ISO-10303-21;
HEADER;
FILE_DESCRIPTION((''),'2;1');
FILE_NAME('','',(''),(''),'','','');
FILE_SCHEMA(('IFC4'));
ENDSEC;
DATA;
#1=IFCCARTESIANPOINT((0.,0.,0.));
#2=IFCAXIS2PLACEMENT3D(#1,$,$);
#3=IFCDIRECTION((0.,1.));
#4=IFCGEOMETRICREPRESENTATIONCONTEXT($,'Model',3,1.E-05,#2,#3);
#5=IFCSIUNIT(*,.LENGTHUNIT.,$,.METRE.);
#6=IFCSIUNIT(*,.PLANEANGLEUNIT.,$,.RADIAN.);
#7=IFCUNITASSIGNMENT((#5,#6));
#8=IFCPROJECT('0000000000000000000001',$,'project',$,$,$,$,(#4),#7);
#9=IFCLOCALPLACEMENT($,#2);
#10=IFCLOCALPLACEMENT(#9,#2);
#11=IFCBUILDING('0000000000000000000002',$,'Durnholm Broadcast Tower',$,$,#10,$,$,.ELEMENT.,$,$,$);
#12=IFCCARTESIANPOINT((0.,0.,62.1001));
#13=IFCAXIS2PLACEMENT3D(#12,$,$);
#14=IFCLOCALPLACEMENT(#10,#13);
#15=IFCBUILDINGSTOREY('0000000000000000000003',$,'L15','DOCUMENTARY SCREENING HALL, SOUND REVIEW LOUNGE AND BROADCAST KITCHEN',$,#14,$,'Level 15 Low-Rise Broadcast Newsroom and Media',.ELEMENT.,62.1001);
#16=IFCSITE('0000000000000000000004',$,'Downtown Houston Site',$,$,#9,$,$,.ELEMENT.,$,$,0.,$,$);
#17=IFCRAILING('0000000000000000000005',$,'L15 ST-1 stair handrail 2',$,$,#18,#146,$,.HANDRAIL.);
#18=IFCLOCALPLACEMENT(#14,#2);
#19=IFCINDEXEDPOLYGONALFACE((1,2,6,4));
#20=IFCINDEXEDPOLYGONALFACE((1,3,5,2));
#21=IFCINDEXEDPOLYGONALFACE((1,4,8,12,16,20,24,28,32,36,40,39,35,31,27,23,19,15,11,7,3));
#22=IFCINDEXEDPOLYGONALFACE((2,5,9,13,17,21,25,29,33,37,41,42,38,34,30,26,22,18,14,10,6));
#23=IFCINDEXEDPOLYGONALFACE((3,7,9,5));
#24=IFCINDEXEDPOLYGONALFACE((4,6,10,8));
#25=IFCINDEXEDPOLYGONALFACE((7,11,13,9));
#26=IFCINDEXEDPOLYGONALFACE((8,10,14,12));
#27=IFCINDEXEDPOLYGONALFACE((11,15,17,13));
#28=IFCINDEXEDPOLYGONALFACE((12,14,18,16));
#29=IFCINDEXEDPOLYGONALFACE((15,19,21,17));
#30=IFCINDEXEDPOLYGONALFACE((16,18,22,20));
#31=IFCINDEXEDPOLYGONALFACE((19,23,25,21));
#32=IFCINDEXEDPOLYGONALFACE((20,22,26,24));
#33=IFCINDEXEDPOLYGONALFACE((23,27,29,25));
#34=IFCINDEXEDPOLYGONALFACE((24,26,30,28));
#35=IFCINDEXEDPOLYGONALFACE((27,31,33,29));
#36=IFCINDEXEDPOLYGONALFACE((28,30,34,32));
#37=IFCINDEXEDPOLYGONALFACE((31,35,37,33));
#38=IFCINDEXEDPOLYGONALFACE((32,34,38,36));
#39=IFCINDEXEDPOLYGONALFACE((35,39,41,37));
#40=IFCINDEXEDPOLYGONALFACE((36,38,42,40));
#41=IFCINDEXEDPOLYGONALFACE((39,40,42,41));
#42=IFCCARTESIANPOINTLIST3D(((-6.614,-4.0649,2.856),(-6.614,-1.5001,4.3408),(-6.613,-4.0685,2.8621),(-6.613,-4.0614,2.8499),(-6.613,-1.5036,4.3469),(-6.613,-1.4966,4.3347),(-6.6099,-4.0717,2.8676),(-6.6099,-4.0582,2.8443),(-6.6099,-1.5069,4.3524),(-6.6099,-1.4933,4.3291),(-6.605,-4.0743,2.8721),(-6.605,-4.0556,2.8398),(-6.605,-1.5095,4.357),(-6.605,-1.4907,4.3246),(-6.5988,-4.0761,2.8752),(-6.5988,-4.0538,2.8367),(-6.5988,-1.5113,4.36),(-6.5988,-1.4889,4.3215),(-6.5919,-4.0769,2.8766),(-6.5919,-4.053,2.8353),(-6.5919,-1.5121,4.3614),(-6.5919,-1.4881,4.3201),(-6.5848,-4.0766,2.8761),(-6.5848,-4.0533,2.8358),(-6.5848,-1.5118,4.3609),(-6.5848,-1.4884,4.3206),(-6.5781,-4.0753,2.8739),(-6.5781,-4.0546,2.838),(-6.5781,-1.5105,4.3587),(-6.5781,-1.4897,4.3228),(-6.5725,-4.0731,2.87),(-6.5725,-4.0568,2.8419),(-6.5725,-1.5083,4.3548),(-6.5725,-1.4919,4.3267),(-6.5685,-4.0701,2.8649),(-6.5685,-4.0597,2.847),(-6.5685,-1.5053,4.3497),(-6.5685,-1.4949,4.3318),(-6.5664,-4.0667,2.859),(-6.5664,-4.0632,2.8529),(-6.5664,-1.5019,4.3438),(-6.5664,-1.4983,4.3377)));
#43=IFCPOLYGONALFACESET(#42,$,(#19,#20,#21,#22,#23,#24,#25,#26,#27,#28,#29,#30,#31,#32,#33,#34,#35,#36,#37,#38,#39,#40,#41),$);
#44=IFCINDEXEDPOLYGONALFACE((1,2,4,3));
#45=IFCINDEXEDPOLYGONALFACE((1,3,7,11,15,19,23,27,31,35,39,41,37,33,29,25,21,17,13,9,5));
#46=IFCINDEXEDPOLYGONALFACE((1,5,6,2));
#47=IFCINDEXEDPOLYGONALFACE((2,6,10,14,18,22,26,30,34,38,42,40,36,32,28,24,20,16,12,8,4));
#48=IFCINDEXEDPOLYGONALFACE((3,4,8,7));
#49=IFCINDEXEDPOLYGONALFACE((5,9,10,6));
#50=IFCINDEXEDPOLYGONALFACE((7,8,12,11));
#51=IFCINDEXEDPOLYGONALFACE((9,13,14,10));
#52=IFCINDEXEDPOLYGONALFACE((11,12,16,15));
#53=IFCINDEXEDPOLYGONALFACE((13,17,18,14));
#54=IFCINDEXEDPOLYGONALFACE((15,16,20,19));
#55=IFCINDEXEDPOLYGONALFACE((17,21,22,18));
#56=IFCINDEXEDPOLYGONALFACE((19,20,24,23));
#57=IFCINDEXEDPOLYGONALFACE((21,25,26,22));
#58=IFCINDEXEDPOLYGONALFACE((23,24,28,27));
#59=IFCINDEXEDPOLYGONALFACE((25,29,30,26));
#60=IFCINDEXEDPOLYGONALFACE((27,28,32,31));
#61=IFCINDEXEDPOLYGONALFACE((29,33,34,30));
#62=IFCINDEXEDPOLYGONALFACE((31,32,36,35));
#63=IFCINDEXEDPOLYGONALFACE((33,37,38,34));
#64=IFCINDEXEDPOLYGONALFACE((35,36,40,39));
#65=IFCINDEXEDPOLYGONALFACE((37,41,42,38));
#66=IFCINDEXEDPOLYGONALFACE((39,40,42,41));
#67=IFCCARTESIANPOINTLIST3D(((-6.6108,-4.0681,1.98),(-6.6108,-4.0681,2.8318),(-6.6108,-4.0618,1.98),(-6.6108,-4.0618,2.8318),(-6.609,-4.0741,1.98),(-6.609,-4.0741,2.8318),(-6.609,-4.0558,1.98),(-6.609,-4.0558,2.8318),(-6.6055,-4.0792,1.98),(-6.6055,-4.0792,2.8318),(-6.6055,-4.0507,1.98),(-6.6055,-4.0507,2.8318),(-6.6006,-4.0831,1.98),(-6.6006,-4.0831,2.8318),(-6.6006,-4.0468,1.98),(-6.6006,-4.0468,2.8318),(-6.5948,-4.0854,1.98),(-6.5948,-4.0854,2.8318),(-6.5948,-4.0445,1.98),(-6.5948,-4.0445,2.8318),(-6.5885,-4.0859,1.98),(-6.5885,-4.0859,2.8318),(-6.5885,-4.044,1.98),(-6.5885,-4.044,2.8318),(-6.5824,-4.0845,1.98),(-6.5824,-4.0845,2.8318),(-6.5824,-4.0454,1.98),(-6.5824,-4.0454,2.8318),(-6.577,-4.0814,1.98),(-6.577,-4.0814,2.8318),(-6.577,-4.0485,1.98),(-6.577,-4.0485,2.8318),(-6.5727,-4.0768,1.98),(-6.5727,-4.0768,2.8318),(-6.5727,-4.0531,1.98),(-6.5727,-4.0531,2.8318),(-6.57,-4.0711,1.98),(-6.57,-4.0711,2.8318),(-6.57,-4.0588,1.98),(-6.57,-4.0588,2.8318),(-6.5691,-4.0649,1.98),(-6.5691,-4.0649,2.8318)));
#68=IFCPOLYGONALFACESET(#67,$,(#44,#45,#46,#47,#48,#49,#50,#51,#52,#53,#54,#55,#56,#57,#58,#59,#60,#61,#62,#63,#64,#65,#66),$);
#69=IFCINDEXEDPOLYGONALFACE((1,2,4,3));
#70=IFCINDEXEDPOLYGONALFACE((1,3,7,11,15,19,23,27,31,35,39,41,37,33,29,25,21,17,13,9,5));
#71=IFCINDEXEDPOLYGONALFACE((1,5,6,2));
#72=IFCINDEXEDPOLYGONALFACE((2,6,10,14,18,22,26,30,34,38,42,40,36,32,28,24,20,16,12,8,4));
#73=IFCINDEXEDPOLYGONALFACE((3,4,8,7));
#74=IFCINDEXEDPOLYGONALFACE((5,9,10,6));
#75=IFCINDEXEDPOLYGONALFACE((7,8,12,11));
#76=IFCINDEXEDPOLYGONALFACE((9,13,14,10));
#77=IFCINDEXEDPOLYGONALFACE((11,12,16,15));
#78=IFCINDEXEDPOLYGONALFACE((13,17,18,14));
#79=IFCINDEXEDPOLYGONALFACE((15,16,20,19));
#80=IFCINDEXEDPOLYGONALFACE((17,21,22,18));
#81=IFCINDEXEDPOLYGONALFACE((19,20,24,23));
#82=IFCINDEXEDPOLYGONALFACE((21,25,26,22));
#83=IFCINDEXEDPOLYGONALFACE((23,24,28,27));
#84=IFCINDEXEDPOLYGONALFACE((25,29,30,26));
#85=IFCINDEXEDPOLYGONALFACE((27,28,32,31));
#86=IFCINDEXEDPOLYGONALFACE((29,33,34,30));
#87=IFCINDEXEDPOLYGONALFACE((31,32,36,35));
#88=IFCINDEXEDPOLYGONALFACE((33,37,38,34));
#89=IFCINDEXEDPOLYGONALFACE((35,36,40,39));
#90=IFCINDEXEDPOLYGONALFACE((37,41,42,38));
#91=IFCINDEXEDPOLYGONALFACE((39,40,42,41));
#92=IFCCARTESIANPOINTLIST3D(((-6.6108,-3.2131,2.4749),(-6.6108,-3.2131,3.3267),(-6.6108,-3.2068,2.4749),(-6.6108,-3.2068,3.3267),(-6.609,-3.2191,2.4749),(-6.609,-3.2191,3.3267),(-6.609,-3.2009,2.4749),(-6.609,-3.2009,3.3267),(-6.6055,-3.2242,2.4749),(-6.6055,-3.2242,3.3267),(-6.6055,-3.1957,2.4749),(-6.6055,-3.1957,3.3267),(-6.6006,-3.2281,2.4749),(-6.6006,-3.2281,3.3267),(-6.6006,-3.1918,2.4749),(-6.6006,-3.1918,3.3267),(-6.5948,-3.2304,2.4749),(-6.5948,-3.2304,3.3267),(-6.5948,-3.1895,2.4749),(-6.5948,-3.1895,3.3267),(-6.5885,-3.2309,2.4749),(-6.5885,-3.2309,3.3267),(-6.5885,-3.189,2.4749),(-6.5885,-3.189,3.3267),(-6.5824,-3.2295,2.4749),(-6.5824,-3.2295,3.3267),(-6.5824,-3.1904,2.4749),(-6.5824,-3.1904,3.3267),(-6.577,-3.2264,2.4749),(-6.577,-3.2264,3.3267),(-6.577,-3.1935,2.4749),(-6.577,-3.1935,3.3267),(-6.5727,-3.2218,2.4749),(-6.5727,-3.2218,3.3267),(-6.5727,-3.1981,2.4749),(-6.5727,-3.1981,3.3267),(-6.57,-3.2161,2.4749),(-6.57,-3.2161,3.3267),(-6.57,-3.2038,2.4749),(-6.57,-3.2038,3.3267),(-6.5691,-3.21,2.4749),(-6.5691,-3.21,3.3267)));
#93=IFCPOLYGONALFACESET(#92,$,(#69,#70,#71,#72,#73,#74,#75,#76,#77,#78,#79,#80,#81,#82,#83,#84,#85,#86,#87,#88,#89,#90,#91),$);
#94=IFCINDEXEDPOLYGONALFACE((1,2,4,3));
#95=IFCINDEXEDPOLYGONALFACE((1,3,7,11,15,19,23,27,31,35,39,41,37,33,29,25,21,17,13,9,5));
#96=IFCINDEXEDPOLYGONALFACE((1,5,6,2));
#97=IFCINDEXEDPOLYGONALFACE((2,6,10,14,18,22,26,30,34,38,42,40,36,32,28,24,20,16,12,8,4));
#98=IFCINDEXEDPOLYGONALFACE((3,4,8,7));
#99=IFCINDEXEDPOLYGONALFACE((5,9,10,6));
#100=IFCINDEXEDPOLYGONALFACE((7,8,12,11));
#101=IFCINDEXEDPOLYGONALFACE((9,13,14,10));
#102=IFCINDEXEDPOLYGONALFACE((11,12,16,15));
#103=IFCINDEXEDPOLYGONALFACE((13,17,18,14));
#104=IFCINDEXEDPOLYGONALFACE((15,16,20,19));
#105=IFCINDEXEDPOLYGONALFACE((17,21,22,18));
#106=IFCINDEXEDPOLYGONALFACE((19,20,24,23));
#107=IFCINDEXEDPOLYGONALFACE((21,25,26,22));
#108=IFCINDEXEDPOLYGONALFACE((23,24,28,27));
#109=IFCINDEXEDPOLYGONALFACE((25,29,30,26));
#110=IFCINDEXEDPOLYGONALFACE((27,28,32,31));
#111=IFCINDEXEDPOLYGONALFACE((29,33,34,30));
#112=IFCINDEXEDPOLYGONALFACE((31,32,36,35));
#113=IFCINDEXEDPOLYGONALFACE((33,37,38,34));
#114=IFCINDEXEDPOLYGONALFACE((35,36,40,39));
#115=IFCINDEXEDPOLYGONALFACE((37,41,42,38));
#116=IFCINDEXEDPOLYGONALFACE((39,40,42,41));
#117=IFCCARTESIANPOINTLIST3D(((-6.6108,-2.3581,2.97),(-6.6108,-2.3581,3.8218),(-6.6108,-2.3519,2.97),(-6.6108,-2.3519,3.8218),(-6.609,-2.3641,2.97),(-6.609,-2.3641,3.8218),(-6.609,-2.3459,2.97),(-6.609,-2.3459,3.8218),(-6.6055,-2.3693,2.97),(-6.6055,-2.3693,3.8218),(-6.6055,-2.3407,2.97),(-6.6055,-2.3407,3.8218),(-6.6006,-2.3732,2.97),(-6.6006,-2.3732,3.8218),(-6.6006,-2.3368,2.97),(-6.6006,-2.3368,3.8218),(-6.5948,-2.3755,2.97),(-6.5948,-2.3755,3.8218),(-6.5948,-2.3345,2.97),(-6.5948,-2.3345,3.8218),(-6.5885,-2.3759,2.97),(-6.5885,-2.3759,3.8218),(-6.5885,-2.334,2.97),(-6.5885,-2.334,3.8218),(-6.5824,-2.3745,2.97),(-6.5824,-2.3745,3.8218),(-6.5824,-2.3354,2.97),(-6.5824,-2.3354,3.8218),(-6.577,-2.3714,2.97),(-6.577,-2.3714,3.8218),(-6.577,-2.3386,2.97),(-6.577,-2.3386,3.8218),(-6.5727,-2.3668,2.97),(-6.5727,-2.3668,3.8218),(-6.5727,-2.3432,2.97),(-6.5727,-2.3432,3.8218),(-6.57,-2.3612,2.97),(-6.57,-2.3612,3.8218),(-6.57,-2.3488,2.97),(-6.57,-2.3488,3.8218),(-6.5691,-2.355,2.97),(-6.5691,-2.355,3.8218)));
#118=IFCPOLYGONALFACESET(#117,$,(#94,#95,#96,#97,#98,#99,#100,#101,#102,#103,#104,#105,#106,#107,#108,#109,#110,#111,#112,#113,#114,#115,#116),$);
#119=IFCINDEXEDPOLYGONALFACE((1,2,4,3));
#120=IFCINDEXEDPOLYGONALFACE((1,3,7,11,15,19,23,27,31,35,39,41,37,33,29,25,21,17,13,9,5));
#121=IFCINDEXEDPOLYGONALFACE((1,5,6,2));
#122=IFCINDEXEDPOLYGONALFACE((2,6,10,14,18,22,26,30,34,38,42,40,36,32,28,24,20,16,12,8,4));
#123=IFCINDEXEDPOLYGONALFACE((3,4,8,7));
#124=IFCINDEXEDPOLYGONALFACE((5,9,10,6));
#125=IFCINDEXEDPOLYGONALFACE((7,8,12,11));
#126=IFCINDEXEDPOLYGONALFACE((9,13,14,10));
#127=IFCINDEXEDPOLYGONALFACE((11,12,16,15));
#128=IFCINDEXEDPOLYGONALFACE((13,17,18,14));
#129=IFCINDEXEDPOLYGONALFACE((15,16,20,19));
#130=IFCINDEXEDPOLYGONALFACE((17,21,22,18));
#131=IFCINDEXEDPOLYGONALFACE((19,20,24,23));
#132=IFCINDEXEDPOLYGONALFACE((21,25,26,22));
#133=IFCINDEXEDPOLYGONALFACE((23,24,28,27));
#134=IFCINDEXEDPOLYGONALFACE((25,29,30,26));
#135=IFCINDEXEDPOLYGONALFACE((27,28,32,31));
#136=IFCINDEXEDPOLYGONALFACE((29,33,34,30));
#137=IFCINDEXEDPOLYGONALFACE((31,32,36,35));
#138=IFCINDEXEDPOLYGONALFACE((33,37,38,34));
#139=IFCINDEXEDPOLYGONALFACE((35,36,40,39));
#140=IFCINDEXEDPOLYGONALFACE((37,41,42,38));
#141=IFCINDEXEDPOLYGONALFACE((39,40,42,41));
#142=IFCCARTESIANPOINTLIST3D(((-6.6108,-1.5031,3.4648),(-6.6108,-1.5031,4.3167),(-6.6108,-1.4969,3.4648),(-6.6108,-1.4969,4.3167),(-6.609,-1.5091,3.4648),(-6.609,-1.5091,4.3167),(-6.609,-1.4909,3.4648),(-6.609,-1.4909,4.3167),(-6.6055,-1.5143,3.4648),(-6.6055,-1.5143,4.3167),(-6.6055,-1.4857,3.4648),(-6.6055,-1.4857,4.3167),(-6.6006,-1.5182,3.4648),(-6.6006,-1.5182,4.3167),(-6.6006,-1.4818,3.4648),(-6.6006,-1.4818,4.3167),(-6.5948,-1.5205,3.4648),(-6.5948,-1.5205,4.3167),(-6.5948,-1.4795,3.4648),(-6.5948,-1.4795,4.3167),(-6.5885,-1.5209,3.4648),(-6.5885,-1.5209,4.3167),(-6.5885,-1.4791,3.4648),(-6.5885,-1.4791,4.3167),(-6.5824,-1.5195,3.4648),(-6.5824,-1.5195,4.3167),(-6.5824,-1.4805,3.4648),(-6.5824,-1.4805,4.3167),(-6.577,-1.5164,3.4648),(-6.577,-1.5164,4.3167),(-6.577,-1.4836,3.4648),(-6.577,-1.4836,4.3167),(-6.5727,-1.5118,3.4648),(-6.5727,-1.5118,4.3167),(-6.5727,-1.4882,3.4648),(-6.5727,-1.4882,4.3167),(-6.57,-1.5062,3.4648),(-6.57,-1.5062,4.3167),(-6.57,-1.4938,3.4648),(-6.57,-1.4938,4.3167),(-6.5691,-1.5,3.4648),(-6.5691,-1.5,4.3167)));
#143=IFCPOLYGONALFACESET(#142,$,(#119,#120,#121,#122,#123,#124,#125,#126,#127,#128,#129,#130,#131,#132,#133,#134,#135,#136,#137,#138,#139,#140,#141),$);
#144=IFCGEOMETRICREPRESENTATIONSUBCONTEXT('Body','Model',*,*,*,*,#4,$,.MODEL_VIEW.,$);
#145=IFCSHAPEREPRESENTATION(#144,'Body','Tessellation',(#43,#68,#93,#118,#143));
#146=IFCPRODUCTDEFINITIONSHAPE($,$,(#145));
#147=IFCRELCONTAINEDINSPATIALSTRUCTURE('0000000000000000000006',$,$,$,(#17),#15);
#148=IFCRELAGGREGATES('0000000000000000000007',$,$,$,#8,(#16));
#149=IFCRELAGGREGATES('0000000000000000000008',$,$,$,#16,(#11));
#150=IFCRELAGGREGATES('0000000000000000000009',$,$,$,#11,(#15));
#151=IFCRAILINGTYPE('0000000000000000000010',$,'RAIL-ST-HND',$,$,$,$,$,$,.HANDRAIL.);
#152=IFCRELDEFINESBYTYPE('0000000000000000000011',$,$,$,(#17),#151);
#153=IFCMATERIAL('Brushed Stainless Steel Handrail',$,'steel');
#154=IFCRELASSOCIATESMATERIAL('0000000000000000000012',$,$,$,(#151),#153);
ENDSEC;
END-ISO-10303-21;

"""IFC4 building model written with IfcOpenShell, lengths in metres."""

from ifc_helpers import new_model, si_unit, direction, frame, origin, origin_2d, place, context, subcontext, project, spatial, circle, extrude, material, type_object, element, save


model = new_model("IFC4")

# Units and contexts
model_context = context("Model", 3, precision=1e-05, world=origin(), true_north=direction((0.0, 1.0)))
body_context = subcontext(model_context, "Body", "Model", "MODEL_VIEW")
ifc_project = project(units=[si_unit("LENGTHUNIT", "METRE"), si_unit("PLANEANGLEUNIT", "RADIAN")], contexts=[model_context])

# Site, building, storey
site_placement = place(None, origin())
site = spatial("IfcSite", under=ifc_project, at=site_placement, Name="Downtown Houston Site", CompositionType="ELEMENT", RefElevation=0.0)
building_placement = place(site_placement, origin())
building = spatial("IfcBuilding", under=site, at=building_placement, Name="Durnholm Broadcast Tower", CompositionType="ELEMENT")
storey_placement = place(building_placement, frame((0.0, 0.0, 62.1001)))
storey = spatial("IfcBuildingStorey", under=building, at=storey_placement, Name="L15", Description="DOCUMENTARY SCREENING HALL, SOUND REVIEW LOUNGE AND BROADCAST KITCHEN", LongName="Level 15 Low-Rise Broadcast Newsroom and Media", CompositionType="ELEMENT", Elevation=62.1001)

# Railing
ifc_material_1 = material(Name="Brushed Stainless Steel Handrail", Category="steel")
railing_type_1 = type_object("IfcRailingType", Name="RAIL-ST-HND", PredefinedType="HANDRAIL", material=ifc_material_1)
railing_1_placement = place(storey_placement, frame((-6.5901, -4.0649, 1.98)))
element("IfcRailing", 1, at=railing_1_placement, inside=storey, type_object=railing_type_1, Name="L15 ST-1 stair handrail 2", PredefinedType="HANDRAIL", context=body_context, shape_type="SweptSolid", body=[
    extrude(circle(Radius=0.0239, at=origin_2d()), frame((0.0, 0.0, 0.876), z_axis=(0.0, 0.865441, 0.50101), x_axis=(-1.0, 0.0, 0.0)), (0.0, 0.0, 1.0), 2.9636),
    extrude(circle(Radius=0.021, at=origin_2d()), origin(), (0.0, 0.0, 1.0), 0.8518),
    extrude(circle(Radius=0.021, at=origin_2d()), frame((0.0, 0.855, 0.4949)), (0.0, 0.0, 1.0), 0.8518),
    extrude(circle(Radius=0.021, at=origin_2d()), frame((0.0, 1.71, 0.99)), (0.0, 0.0, 1.0), 0.8518),
    extrude(circle(Radius=0.021, at=origin_2d()), frame((0.0, 2.5649, 1.4849)), (0.0, 0.0, 1.0), 0.8518),
])

save(model, "model.ifc")
